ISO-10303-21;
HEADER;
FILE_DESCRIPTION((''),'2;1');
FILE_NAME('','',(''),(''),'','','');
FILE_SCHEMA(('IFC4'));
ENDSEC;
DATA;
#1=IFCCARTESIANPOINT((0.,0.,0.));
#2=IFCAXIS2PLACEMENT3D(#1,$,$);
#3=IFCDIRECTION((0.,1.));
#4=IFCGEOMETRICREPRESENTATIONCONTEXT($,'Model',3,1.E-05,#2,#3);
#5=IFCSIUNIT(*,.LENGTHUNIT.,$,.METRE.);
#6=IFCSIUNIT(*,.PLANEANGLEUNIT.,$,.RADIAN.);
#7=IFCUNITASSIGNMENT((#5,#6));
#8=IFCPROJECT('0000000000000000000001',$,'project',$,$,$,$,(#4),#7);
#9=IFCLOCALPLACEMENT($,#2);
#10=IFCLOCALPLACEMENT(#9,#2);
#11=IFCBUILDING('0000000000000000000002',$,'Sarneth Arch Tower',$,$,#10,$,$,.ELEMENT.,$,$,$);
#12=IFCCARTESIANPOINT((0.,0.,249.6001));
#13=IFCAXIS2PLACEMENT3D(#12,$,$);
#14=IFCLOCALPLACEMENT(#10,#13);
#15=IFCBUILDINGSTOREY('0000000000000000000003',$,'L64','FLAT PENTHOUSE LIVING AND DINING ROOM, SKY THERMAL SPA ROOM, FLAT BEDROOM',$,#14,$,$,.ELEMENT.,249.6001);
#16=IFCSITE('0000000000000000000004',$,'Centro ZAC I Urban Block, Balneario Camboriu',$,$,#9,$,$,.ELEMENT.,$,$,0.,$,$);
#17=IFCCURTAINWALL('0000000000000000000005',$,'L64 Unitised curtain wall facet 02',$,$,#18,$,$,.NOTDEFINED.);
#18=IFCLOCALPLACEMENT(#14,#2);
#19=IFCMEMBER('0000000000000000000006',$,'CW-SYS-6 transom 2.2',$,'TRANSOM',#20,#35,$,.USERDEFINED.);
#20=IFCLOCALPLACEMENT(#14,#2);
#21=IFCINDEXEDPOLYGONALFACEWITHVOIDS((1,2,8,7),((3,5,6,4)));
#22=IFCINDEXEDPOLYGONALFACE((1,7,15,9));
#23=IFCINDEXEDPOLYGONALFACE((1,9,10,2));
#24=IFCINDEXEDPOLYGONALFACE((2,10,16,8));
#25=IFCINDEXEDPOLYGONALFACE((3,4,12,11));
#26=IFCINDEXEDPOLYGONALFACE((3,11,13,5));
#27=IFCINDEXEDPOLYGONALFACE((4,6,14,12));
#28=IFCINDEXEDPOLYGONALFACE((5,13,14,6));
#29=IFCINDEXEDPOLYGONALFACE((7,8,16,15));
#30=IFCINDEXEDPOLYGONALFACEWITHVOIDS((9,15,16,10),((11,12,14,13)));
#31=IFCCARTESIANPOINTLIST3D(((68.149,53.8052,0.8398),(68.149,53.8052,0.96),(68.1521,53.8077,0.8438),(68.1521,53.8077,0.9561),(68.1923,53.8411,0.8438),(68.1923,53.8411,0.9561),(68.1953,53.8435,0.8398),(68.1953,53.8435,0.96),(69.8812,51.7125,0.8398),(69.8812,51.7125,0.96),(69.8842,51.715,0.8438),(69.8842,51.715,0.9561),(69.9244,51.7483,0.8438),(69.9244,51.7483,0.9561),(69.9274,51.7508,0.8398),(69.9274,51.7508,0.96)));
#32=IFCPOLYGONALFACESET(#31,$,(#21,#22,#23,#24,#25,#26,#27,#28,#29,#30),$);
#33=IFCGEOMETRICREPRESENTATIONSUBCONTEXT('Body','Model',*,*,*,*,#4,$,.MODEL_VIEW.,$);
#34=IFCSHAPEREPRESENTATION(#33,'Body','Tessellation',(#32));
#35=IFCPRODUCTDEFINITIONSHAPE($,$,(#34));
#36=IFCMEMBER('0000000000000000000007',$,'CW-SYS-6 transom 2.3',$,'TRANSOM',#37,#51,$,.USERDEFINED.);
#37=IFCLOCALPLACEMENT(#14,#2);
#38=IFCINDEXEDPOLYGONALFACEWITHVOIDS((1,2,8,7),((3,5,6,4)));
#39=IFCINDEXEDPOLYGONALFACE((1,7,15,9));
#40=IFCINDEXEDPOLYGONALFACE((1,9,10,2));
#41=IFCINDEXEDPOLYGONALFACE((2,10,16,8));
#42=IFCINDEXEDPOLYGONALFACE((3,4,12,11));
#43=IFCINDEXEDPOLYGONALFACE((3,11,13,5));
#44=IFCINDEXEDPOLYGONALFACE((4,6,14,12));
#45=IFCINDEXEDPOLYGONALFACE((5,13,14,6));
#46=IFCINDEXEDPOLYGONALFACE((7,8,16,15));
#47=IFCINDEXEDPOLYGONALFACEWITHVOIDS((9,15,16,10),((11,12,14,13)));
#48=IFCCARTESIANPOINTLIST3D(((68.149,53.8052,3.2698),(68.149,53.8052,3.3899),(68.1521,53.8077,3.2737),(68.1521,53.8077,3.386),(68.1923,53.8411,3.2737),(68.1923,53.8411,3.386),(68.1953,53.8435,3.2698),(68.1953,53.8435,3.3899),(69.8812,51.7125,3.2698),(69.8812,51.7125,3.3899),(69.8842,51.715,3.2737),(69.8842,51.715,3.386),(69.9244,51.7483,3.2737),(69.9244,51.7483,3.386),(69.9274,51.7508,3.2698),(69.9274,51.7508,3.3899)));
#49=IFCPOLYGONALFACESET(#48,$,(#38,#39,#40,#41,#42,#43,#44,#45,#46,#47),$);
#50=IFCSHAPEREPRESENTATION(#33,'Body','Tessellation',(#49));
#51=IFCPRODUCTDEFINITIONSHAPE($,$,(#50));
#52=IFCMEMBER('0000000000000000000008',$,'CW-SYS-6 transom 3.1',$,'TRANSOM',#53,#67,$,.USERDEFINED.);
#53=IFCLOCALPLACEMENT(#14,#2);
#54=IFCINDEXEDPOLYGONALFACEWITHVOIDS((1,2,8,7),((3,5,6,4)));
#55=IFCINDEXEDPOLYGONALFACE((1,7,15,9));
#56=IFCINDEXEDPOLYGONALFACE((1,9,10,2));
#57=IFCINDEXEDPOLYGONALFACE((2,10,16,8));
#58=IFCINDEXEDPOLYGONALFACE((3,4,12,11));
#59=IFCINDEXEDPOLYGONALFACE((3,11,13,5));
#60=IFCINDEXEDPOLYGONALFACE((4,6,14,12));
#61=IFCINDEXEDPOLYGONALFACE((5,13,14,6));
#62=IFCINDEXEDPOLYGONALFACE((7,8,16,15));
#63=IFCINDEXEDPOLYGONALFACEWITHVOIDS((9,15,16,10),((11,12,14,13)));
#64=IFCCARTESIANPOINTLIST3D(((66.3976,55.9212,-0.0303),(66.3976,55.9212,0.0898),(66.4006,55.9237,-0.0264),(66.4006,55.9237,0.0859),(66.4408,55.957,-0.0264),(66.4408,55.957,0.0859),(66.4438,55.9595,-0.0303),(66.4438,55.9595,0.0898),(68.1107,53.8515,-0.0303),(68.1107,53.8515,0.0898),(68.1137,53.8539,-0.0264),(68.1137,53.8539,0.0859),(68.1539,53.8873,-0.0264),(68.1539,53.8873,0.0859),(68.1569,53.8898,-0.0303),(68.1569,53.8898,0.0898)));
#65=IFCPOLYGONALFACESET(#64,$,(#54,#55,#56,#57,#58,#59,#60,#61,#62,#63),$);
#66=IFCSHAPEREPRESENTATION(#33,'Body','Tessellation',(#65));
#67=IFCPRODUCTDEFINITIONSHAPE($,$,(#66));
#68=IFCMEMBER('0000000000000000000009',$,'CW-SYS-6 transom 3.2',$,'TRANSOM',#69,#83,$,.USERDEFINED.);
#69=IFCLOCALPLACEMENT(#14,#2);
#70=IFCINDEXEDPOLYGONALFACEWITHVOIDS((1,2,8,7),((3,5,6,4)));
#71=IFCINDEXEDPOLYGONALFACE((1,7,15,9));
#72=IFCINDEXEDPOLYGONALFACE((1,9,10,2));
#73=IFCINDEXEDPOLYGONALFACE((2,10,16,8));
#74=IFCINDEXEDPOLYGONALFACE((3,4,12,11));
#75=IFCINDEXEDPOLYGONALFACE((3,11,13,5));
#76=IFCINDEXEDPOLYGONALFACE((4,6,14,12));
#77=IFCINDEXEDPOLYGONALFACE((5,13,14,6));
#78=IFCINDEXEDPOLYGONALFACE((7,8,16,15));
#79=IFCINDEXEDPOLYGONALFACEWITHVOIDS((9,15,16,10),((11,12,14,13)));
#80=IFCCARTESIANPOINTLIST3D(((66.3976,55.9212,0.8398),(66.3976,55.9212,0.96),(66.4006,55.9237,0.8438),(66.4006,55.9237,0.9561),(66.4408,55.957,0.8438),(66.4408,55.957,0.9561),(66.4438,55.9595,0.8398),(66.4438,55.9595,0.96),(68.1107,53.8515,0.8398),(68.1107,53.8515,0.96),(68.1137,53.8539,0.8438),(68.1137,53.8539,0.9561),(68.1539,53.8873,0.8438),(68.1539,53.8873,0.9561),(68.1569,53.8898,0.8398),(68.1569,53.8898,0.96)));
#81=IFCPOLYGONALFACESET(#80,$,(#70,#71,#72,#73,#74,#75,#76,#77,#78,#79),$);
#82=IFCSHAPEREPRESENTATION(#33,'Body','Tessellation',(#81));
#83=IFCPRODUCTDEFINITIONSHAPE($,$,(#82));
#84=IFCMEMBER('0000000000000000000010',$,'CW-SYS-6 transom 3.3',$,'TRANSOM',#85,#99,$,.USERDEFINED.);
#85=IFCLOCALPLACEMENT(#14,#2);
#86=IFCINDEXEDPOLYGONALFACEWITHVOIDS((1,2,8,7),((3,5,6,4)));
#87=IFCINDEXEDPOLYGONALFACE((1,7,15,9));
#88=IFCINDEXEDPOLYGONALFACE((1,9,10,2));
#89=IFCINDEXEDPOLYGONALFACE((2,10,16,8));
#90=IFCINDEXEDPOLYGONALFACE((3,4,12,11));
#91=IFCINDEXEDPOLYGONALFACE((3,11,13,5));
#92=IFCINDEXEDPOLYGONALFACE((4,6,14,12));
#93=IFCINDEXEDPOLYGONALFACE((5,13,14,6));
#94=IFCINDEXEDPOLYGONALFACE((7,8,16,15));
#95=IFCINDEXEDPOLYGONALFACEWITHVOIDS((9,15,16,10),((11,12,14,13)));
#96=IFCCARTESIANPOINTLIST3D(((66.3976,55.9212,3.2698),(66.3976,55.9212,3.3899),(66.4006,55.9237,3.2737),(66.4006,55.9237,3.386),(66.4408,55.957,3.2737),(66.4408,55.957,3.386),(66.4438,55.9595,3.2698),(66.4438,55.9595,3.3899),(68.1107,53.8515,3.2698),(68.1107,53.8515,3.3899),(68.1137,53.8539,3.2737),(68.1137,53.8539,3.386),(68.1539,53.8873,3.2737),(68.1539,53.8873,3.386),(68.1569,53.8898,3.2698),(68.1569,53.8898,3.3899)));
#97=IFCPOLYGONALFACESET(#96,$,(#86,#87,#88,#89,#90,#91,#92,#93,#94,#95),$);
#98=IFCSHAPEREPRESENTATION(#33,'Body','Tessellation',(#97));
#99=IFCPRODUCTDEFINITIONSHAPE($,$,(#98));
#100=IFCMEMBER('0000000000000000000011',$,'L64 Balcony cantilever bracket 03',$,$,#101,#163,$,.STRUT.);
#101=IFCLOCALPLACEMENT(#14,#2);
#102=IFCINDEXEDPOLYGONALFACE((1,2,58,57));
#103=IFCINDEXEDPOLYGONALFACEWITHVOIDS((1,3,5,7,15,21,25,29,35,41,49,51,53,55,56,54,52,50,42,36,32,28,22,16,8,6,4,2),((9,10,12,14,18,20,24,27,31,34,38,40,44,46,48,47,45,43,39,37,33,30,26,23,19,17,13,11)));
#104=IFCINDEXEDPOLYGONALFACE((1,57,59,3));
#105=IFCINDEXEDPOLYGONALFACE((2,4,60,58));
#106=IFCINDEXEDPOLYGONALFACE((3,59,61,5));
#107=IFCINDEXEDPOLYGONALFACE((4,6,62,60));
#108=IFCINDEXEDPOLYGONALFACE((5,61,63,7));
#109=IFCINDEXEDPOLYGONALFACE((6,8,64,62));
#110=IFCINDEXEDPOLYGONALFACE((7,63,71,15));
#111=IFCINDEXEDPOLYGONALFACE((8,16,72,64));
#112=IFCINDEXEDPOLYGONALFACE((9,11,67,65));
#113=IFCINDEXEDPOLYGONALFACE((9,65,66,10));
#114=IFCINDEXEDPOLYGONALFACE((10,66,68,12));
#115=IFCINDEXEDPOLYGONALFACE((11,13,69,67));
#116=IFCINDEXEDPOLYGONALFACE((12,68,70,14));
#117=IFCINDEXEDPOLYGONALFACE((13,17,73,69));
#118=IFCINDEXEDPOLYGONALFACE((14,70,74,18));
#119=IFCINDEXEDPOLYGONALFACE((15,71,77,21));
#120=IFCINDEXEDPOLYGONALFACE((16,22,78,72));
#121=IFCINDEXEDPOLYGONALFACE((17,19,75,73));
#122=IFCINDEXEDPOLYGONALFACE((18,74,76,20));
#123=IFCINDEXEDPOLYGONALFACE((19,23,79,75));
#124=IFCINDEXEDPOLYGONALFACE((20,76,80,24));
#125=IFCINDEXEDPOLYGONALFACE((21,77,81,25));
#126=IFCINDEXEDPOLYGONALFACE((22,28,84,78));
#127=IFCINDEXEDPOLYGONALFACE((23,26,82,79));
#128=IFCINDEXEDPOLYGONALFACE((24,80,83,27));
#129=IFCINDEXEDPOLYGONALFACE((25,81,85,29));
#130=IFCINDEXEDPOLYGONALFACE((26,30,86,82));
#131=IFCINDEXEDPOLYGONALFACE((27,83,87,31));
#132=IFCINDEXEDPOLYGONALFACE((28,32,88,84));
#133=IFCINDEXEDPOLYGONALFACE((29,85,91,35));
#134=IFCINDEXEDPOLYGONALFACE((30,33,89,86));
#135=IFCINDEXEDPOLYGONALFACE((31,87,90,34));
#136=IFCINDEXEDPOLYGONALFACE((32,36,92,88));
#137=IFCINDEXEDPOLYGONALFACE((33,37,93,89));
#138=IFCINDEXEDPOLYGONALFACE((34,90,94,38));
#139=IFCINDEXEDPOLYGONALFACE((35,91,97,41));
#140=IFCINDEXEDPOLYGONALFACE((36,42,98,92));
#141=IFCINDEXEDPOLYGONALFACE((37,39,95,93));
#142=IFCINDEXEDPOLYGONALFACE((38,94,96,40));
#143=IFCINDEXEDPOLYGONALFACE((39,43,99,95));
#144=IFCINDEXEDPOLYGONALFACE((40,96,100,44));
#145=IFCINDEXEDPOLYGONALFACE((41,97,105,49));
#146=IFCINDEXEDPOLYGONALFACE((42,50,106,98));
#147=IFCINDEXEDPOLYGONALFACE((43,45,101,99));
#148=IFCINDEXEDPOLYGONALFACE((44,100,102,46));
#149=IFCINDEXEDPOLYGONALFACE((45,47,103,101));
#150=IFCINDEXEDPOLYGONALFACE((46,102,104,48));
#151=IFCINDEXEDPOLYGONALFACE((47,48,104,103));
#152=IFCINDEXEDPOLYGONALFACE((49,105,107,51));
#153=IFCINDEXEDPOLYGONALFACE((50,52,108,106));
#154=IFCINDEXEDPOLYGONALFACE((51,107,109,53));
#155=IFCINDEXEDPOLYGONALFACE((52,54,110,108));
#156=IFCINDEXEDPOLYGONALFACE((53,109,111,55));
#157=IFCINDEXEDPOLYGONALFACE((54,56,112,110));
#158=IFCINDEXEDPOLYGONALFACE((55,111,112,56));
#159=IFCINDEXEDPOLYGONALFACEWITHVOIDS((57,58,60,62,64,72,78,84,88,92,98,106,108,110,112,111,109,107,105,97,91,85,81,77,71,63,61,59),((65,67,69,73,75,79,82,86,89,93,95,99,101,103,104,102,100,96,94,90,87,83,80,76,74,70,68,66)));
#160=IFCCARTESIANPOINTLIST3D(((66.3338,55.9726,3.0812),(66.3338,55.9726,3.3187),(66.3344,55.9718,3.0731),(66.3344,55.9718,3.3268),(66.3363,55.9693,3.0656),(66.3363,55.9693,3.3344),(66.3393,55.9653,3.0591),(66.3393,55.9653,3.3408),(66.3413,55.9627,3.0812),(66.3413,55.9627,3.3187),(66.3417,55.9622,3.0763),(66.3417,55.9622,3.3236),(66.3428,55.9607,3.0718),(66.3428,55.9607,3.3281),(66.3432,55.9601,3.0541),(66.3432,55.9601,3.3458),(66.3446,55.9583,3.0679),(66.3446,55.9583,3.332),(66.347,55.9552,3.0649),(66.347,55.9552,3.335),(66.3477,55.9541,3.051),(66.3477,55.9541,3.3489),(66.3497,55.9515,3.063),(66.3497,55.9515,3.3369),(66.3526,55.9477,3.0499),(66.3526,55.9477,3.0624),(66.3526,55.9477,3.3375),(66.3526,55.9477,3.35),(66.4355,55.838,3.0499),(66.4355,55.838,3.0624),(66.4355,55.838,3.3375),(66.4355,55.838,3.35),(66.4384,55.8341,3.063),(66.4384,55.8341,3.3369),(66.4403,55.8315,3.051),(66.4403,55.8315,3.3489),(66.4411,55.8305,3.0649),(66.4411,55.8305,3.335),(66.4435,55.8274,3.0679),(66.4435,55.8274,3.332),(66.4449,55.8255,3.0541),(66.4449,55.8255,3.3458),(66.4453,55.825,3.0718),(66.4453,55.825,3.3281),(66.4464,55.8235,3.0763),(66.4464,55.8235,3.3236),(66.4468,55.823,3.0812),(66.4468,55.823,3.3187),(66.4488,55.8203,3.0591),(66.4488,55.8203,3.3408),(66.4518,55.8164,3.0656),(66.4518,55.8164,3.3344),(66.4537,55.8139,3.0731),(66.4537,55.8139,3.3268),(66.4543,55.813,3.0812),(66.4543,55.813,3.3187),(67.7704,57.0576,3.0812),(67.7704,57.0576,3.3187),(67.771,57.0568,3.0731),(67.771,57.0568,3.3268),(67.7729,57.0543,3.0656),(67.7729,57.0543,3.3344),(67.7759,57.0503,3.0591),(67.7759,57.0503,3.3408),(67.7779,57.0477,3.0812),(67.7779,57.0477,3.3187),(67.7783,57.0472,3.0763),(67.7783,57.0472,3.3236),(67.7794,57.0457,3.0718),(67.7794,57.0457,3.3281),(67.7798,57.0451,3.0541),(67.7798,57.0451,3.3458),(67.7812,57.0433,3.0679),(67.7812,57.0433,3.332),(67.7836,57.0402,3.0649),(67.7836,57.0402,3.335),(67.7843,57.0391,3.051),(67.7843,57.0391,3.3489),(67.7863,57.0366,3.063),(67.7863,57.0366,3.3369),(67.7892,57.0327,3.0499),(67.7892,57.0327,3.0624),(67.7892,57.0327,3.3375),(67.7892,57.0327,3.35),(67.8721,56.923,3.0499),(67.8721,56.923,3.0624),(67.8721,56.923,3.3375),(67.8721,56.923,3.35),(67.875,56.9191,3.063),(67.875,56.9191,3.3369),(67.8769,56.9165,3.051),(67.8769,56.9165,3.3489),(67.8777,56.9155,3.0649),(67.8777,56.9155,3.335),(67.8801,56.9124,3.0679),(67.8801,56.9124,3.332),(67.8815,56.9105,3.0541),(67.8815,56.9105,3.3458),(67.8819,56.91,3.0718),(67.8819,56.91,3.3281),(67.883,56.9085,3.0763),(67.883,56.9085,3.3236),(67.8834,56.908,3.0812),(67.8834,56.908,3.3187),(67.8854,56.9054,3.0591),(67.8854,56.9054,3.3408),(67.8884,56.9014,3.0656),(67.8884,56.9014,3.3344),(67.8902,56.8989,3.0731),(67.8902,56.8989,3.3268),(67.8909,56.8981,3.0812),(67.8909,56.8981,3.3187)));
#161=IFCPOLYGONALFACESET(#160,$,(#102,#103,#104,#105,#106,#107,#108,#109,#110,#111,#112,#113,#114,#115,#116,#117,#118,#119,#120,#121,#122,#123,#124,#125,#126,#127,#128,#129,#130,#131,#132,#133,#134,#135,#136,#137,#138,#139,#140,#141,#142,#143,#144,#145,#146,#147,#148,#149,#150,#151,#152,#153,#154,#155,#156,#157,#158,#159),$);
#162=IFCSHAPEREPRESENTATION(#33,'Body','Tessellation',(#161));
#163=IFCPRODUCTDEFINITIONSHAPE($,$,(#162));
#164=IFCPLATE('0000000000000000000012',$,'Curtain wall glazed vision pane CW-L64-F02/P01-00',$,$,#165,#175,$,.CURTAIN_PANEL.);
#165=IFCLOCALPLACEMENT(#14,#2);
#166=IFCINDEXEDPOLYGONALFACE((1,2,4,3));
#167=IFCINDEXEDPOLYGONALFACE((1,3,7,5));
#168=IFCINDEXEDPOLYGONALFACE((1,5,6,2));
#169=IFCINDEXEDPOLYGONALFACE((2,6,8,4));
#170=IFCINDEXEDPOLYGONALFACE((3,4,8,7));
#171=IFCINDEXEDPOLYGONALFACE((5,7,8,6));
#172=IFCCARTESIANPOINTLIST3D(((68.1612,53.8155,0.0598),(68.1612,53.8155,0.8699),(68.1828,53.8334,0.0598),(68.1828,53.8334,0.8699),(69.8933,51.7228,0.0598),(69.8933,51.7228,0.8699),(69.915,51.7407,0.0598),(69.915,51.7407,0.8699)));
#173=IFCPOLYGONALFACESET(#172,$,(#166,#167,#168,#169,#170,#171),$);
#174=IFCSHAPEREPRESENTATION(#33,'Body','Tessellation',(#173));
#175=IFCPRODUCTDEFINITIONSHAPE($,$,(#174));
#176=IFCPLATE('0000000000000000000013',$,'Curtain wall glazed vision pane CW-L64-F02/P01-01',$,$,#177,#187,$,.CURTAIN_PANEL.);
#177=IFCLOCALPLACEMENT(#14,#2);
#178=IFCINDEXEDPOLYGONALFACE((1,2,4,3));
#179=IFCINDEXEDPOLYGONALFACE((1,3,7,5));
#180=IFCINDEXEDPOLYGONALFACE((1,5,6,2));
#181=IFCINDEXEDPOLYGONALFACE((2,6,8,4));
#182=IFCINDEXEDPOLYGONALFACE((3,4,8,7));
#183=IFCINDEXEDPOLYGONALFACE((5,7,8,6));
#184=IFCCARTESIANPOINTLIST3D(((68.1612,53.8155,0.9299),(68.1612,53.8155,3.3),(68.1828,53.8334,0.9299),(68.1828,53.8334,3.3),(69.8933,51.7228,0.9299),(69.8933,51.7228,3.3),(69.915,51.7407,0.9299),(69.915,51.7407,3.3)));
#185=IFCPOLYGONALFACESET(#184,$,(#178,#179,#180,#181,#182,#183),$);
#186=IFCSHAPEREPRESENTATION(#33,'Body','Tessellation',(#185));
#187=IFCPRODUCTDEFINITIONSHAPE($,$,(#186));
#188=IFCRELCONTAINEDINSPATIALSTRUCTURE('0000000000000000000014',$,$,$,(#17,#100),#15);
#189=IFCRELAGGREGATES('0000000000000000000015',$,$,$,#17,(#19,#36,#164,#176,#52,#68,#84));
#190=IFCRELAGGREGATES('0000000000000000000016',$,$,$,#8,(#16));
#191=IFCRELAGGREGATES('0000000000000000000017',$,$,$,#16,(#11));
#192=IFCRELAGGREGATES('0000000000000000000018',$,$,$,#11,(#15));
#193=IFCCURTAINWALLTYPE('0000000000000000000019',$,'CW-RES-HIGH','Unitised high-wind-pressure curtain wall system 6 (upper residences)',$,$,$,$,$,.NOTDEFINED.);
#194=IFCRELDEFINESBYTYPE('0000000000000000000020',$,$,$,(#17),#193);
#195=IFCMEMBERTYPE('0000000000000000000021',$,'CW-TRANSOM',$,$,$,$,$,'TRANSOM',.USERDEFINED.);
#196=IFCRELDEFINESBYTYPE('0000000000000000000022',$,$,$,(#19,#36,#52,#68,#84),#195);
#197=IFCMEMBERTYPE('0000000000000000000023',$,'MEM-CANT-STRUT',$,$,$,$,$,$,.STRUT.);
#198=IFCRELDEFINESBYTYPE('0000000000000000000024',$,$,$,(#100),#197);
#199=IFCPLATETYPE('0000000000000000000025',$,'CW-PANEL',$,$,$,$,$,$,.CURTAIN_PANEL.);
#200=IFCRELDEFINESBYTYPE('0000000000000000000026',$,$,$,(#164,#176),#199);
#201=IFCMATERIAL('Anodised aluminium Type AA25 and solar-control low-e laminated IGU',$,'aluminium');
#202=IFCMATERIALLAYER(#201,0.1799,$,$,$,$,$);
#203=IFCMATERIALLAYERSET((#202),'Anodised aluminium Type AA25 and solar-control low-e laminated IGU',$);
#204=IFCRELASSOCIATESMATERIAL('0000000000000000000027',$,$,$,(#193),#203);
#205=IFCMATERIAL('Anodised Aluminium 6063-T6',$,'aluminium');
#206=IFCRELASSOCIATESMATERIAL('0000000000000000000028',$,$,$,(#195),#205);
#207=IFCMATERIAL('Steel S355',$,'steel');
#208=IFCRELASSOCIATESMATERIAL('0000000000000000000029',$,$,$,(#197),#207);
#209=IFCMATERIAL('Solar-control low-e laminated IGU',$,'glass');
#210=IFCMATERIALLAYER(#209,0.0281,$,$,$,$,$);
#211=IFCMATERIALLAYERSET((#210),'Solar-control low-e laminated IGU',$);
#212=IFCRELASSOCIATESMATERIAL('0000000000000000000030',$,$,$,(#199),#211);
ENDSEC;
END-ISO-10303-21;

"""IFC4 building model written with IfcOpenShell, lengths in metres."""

from ifc_helpers import new_model, si_unit, direction, frame, origin, origin_2d, place, context, subcontext, project, spatial, rectangle, hollow_rectangle, extrude, material, layer, layer_set, material_profile, profile_set, type_object, element, aggregate, save


model = new_model("IFC4")

# Units and contexts
model_context = context("Model", 3, precision=1e-05, world=origin(), true_north=direction((0.0, 1.0)))
body_context = subcontext(model_context, "Body", "Model", "MODEL_VIEW")
ifc_project = project(units=[si_unit("LENGTHUNIT", "METRE"), si_unit("PLANEANGLEUNIT", "RADIAN")], contexts=[model_context])

# Site, building, storey
site_placement = place(None, origin())
site = spatial("IfcSite", under=ifc_project, at=site_placement, Name="Centro ZAC I Urban Block, Balneario Camboriu", CompositionType="ELEMENT", RefElevation=0.0)
building_placement = place(site_placement, origin())
building = spatial("IfcBuilding", under=site, at=building_placement, Name="Sarneth Arch Tower", CompositionType="ELEMENT")
storey_placement = place(building_placement, frame((0.0, 0.0, 249.6001)))
storey = spatial("IfcBuildingStorey", under=building, at=storey_placement, Name="L64", Description="FLAT PENTHOUSE LIVING AND DINING ROOM, SKY THERMAL SPA ROOM, FLAT BEDROOM", CompositionType="ELEMENT", Elevation=249.6001)

# Curtain wall, members
ifc_material_1 = material(Name="Anodised aluminium Type AA25 and solar-control low-e laminated IGU", Category="aluminium")
ifc_layer_1 = layer(ifc_material_1, 0.1799)
ifc_layer_set_1 = layer_set([ifc_layer_1], Name="Anodised aluminium Type AA25 and solar-control low-e laminated IGU")
curtain_wall_type = type_object("IfcCurtainWallType", Name="CW-RES-HIGH", Description="Unitised high-wind-pressure curtain wall system 6 (upper residences)", PredefinedType="NOTDEFINED", material=ifc_layer_set_1)
curtain_wall_placement = place(storey_placement, origin())
curtain_wall = element("IfcCurtainWall", 1, at=curtain_wall_placement, inside=storey, type_object=curtain_wall_type, Name="L64 Unitised curtain wall facet 02", PredefinedType="NOTDEFINED")
ifc_material_2 = material(Name="Anodised Aluminium 6063-T6", Category="aluminium")
ifc_material_profile_1 = material_profile(ifc_material_2, hollow_rectangle(XDim=0.0601, YDim=0.1201, WallThickness=0.0039, at=origin_2d()), Name="AL-TRAN-120x60x4")
ifc_profile_set_1 = profile_set([ifc_material_profile_1], Name="Anodised Aluminium 6063-T6")
member_type_1 = type_object("IfcMemberType", Name="CW-TRANSOM", ElementType="TRANSOM", PredefinedType="USERDEFINED", material=ifc_profile_set_1)
member_1_placement = place(storey_placement, frame((69.9043, 51.7317, 0.8999), z_axis=(-0.637617, 0.770353, 0.0), x_axis=(-0.770353, -0.637617, 0.0)))
member_1 = element("IfcMember", 2, at=member_1_placement, type_object=member_type_1, Name="CW-SYS-6 transom 2.2", ObjectType="TRANSOM", PredefinedType="USERDEFINED", context=body_context, shape_type="SweptSolid", body=[
    extrude(hollow_rectangle(XDim=0.0601, YDim=0.1201, WallThickness=0.0039, at=origin_2d()), origin(), (0.0, 0.0, 1.0), 2.7166),
])
member_2_placement = place(storey_placement, frame((69.9043, 51.7317, 3.3298), z_axis=(-0.637617, 0.770353, 0.0), x_axis=(-0.770353, -0.637617, 0.0)))
member_2 = element("IfcMember", 3, at=member_2_placement, type_object=member_type_1, Name="CW-SYS-6 transom 2.3", ObjectType="TRANSOM", PredefinedType="USERDEFINED", context=body_context, shape_type="SweptSolid", body=[
    extrude(hollow_rectangle(XDim=0.0601, YDim=0.1201, WallThickness=0.0039, at=origin_2d()), origin(), (0.0, 0.0, 1.0), 2.7166),
])
member_3_placement = place(storey_placement, frame((68.1338, 53.8706, 0.0298), z_axis=(-0.637607, 0.770362, 0.0), x_axis=(-0.770362, -0.637607, 0.0)))
member_3 = element("IfcMember", 4, at=member_3_placement, type_object=member_type_1, Name="CW-SYS-6 transom 3.1", ObjectType="TRANSOM", PredefinedType="USERDEFINED", context=body_context, shape_type="SweptSolid", body=[
    extrude(hollow_rectangle(XDim=0.0601, YDim=0.1201, WallThickness=0.0039, at=origin_2d()), origin(), (0.0, 0.0, 1.0), 2.6868),
])
member_4_placement = place(storey_placement, frame((68.1338, 53.8706, 0.8999), z_axis=(-0.637607, 0.770362, 0.0), x_axis=(-0.770362, -0.637607, 0.0)))
member_4 = element("IfcMember", 5, at=member_4_placement, type_object=member_type_1, Name="CW-SYS-6 transom 3.2", ObjectType="TRANSOM", PredefinedType="USERDEFINED", context=body_context, shape_type="SweptSolid", body=[
    extrude(hollow_rectangle(XDim=0.0601, YDim=0.1201, WallThickness=0.0039, at=origin_2d()), origin(), (0.0, 0.0, 1.0), 2.6868),
])
member_5_placement = place(storey_placement, frame((68.1338, 53.8706, 3.3298), z_axis=(-0.637607, 0.770362, 0.0), x_axis=(-0.770362, -0.637607, 0.0)))
member_5 = element("IfcMember", 6, at=member_5_placement, type_object=member_type_1, Name="CW-SYS-6 transom 3.3", ObjectType="TRANSOM", PredefinedType="USERDEFINED", context=body_context, shape_type="SweptSolid", body=[
    extrude(hollow_rectangle(XDim=0.0601, YDim=0.1201, WallThickness=0.0039, at=origin_2d()), origin(), (0.0, 0.0, 1.0), 2.6868),
])

# Member
ifc_material_3 = material(Name="Steel S355", Category="steel")
ifc_material_profile_2 = material_profile(ifc_material_3, hollow_rectangle(XDim=0.2, YDim=0.3, WallThickness=0.0125, InnerFilletRadius=0.0188, OuterFilletRadius=0.0312, at=origin_2d()), Name="RHS300x200x12.5")
ifc_profile_set_2 = profile_set([ifc_material_profile_2], Name="Steel S355")
member_type_2 = type_object("IfcMemberType", Name="MEM-CANT-STRUT", PredefinedType="STRUT", material=ifc_profile_set_2)
member_6_placement = place(storey_placement, frame((66.394, 55.8928, 3.2), z_axis=(0.797977, 0.602687, 0.0), x_axis=(-0.602687, 0.797977, 0.0)))
element("IfcMember", 7, at=member_6_placement, inside=storey, type_object=member_type_2, Name="L64 Balcony cantilever bracket 03", PredefinedType="STRUT", context=body_context, shape_type="SweptSolid", body=[
    extrude(hollow_rectangle(XDim=0.2, YDim=0.3, WallThickness=0.0125, InnerFilletRadius=0.0188, OuterFilletRadius=0.0312, at=origin_2d()), origin(), (0.0, 0.0, 1.0), 1.8003),
])

# Plates
ifc_material_4 = material(Name="Solar-control low-e laminated IGU", Category="glass")
ifc_layer_2 = layer(ifc_material_4, 0.0281)
ifc_layer_set_2 = layer_set([ifc_layer_2], Name="Solar-control low-e laminated IGU")
plate_type_1 = type_object("IfcPlateType", Name="CW-PANEL", PredefinedType="CURTAIN_PANEL", material=ifc_layer_set_2)
plate_1_placement = place(storey_placement, frame((69.0381, 52.7781, 0.0598), z_axis=(0.0, 0.0, 1.0), x_axis=(-0.63761, 0.770359, 0.0)))
plate_1 = element("IfcPlate", 8, at=plate_1_placement, type_object=plate_type_1, Name="Curtain wall glazed vision pane CW-L64-F02/P01-00", PredefinedType="CURTAIN_PANEL", context=body_context, shape_type="SweptSolid", body=[
    extrude(rectangle(XDim=2.7166, YDim=0.0281, at=origin_2d()), origin(), (0.0, 0.0, 1.0), 0.8101),
])
plate_2_placement = place(storey_placement, frame((69.0381, 52.7781, 0.9299), z_axis=(0.0, 0.0, 1.0), x_axis=(-0.63761, 0.770359, 0.0)))
plate_2 = element("IfcPlate", 9, at=plate_2_placement, type_object=plate_type_1, Name="Curtain wall glazed vision pane CW-L64-F02/P01-01", PredefinedType="CURTAIN_PANEL", context=body_context, shape_type="SweptSolid", body=[
    extrude(rectangle(XDim=2.7166, YDim=0.0281, at=origin_2d()), origin(), (0.0, 0.0, 1.0), 2.3701),
])
aggregate(curtain_wall, [member_1, member_2, plate_1, plate_2, member_3, member_4, member_5])

save(model, "model.ifc")
